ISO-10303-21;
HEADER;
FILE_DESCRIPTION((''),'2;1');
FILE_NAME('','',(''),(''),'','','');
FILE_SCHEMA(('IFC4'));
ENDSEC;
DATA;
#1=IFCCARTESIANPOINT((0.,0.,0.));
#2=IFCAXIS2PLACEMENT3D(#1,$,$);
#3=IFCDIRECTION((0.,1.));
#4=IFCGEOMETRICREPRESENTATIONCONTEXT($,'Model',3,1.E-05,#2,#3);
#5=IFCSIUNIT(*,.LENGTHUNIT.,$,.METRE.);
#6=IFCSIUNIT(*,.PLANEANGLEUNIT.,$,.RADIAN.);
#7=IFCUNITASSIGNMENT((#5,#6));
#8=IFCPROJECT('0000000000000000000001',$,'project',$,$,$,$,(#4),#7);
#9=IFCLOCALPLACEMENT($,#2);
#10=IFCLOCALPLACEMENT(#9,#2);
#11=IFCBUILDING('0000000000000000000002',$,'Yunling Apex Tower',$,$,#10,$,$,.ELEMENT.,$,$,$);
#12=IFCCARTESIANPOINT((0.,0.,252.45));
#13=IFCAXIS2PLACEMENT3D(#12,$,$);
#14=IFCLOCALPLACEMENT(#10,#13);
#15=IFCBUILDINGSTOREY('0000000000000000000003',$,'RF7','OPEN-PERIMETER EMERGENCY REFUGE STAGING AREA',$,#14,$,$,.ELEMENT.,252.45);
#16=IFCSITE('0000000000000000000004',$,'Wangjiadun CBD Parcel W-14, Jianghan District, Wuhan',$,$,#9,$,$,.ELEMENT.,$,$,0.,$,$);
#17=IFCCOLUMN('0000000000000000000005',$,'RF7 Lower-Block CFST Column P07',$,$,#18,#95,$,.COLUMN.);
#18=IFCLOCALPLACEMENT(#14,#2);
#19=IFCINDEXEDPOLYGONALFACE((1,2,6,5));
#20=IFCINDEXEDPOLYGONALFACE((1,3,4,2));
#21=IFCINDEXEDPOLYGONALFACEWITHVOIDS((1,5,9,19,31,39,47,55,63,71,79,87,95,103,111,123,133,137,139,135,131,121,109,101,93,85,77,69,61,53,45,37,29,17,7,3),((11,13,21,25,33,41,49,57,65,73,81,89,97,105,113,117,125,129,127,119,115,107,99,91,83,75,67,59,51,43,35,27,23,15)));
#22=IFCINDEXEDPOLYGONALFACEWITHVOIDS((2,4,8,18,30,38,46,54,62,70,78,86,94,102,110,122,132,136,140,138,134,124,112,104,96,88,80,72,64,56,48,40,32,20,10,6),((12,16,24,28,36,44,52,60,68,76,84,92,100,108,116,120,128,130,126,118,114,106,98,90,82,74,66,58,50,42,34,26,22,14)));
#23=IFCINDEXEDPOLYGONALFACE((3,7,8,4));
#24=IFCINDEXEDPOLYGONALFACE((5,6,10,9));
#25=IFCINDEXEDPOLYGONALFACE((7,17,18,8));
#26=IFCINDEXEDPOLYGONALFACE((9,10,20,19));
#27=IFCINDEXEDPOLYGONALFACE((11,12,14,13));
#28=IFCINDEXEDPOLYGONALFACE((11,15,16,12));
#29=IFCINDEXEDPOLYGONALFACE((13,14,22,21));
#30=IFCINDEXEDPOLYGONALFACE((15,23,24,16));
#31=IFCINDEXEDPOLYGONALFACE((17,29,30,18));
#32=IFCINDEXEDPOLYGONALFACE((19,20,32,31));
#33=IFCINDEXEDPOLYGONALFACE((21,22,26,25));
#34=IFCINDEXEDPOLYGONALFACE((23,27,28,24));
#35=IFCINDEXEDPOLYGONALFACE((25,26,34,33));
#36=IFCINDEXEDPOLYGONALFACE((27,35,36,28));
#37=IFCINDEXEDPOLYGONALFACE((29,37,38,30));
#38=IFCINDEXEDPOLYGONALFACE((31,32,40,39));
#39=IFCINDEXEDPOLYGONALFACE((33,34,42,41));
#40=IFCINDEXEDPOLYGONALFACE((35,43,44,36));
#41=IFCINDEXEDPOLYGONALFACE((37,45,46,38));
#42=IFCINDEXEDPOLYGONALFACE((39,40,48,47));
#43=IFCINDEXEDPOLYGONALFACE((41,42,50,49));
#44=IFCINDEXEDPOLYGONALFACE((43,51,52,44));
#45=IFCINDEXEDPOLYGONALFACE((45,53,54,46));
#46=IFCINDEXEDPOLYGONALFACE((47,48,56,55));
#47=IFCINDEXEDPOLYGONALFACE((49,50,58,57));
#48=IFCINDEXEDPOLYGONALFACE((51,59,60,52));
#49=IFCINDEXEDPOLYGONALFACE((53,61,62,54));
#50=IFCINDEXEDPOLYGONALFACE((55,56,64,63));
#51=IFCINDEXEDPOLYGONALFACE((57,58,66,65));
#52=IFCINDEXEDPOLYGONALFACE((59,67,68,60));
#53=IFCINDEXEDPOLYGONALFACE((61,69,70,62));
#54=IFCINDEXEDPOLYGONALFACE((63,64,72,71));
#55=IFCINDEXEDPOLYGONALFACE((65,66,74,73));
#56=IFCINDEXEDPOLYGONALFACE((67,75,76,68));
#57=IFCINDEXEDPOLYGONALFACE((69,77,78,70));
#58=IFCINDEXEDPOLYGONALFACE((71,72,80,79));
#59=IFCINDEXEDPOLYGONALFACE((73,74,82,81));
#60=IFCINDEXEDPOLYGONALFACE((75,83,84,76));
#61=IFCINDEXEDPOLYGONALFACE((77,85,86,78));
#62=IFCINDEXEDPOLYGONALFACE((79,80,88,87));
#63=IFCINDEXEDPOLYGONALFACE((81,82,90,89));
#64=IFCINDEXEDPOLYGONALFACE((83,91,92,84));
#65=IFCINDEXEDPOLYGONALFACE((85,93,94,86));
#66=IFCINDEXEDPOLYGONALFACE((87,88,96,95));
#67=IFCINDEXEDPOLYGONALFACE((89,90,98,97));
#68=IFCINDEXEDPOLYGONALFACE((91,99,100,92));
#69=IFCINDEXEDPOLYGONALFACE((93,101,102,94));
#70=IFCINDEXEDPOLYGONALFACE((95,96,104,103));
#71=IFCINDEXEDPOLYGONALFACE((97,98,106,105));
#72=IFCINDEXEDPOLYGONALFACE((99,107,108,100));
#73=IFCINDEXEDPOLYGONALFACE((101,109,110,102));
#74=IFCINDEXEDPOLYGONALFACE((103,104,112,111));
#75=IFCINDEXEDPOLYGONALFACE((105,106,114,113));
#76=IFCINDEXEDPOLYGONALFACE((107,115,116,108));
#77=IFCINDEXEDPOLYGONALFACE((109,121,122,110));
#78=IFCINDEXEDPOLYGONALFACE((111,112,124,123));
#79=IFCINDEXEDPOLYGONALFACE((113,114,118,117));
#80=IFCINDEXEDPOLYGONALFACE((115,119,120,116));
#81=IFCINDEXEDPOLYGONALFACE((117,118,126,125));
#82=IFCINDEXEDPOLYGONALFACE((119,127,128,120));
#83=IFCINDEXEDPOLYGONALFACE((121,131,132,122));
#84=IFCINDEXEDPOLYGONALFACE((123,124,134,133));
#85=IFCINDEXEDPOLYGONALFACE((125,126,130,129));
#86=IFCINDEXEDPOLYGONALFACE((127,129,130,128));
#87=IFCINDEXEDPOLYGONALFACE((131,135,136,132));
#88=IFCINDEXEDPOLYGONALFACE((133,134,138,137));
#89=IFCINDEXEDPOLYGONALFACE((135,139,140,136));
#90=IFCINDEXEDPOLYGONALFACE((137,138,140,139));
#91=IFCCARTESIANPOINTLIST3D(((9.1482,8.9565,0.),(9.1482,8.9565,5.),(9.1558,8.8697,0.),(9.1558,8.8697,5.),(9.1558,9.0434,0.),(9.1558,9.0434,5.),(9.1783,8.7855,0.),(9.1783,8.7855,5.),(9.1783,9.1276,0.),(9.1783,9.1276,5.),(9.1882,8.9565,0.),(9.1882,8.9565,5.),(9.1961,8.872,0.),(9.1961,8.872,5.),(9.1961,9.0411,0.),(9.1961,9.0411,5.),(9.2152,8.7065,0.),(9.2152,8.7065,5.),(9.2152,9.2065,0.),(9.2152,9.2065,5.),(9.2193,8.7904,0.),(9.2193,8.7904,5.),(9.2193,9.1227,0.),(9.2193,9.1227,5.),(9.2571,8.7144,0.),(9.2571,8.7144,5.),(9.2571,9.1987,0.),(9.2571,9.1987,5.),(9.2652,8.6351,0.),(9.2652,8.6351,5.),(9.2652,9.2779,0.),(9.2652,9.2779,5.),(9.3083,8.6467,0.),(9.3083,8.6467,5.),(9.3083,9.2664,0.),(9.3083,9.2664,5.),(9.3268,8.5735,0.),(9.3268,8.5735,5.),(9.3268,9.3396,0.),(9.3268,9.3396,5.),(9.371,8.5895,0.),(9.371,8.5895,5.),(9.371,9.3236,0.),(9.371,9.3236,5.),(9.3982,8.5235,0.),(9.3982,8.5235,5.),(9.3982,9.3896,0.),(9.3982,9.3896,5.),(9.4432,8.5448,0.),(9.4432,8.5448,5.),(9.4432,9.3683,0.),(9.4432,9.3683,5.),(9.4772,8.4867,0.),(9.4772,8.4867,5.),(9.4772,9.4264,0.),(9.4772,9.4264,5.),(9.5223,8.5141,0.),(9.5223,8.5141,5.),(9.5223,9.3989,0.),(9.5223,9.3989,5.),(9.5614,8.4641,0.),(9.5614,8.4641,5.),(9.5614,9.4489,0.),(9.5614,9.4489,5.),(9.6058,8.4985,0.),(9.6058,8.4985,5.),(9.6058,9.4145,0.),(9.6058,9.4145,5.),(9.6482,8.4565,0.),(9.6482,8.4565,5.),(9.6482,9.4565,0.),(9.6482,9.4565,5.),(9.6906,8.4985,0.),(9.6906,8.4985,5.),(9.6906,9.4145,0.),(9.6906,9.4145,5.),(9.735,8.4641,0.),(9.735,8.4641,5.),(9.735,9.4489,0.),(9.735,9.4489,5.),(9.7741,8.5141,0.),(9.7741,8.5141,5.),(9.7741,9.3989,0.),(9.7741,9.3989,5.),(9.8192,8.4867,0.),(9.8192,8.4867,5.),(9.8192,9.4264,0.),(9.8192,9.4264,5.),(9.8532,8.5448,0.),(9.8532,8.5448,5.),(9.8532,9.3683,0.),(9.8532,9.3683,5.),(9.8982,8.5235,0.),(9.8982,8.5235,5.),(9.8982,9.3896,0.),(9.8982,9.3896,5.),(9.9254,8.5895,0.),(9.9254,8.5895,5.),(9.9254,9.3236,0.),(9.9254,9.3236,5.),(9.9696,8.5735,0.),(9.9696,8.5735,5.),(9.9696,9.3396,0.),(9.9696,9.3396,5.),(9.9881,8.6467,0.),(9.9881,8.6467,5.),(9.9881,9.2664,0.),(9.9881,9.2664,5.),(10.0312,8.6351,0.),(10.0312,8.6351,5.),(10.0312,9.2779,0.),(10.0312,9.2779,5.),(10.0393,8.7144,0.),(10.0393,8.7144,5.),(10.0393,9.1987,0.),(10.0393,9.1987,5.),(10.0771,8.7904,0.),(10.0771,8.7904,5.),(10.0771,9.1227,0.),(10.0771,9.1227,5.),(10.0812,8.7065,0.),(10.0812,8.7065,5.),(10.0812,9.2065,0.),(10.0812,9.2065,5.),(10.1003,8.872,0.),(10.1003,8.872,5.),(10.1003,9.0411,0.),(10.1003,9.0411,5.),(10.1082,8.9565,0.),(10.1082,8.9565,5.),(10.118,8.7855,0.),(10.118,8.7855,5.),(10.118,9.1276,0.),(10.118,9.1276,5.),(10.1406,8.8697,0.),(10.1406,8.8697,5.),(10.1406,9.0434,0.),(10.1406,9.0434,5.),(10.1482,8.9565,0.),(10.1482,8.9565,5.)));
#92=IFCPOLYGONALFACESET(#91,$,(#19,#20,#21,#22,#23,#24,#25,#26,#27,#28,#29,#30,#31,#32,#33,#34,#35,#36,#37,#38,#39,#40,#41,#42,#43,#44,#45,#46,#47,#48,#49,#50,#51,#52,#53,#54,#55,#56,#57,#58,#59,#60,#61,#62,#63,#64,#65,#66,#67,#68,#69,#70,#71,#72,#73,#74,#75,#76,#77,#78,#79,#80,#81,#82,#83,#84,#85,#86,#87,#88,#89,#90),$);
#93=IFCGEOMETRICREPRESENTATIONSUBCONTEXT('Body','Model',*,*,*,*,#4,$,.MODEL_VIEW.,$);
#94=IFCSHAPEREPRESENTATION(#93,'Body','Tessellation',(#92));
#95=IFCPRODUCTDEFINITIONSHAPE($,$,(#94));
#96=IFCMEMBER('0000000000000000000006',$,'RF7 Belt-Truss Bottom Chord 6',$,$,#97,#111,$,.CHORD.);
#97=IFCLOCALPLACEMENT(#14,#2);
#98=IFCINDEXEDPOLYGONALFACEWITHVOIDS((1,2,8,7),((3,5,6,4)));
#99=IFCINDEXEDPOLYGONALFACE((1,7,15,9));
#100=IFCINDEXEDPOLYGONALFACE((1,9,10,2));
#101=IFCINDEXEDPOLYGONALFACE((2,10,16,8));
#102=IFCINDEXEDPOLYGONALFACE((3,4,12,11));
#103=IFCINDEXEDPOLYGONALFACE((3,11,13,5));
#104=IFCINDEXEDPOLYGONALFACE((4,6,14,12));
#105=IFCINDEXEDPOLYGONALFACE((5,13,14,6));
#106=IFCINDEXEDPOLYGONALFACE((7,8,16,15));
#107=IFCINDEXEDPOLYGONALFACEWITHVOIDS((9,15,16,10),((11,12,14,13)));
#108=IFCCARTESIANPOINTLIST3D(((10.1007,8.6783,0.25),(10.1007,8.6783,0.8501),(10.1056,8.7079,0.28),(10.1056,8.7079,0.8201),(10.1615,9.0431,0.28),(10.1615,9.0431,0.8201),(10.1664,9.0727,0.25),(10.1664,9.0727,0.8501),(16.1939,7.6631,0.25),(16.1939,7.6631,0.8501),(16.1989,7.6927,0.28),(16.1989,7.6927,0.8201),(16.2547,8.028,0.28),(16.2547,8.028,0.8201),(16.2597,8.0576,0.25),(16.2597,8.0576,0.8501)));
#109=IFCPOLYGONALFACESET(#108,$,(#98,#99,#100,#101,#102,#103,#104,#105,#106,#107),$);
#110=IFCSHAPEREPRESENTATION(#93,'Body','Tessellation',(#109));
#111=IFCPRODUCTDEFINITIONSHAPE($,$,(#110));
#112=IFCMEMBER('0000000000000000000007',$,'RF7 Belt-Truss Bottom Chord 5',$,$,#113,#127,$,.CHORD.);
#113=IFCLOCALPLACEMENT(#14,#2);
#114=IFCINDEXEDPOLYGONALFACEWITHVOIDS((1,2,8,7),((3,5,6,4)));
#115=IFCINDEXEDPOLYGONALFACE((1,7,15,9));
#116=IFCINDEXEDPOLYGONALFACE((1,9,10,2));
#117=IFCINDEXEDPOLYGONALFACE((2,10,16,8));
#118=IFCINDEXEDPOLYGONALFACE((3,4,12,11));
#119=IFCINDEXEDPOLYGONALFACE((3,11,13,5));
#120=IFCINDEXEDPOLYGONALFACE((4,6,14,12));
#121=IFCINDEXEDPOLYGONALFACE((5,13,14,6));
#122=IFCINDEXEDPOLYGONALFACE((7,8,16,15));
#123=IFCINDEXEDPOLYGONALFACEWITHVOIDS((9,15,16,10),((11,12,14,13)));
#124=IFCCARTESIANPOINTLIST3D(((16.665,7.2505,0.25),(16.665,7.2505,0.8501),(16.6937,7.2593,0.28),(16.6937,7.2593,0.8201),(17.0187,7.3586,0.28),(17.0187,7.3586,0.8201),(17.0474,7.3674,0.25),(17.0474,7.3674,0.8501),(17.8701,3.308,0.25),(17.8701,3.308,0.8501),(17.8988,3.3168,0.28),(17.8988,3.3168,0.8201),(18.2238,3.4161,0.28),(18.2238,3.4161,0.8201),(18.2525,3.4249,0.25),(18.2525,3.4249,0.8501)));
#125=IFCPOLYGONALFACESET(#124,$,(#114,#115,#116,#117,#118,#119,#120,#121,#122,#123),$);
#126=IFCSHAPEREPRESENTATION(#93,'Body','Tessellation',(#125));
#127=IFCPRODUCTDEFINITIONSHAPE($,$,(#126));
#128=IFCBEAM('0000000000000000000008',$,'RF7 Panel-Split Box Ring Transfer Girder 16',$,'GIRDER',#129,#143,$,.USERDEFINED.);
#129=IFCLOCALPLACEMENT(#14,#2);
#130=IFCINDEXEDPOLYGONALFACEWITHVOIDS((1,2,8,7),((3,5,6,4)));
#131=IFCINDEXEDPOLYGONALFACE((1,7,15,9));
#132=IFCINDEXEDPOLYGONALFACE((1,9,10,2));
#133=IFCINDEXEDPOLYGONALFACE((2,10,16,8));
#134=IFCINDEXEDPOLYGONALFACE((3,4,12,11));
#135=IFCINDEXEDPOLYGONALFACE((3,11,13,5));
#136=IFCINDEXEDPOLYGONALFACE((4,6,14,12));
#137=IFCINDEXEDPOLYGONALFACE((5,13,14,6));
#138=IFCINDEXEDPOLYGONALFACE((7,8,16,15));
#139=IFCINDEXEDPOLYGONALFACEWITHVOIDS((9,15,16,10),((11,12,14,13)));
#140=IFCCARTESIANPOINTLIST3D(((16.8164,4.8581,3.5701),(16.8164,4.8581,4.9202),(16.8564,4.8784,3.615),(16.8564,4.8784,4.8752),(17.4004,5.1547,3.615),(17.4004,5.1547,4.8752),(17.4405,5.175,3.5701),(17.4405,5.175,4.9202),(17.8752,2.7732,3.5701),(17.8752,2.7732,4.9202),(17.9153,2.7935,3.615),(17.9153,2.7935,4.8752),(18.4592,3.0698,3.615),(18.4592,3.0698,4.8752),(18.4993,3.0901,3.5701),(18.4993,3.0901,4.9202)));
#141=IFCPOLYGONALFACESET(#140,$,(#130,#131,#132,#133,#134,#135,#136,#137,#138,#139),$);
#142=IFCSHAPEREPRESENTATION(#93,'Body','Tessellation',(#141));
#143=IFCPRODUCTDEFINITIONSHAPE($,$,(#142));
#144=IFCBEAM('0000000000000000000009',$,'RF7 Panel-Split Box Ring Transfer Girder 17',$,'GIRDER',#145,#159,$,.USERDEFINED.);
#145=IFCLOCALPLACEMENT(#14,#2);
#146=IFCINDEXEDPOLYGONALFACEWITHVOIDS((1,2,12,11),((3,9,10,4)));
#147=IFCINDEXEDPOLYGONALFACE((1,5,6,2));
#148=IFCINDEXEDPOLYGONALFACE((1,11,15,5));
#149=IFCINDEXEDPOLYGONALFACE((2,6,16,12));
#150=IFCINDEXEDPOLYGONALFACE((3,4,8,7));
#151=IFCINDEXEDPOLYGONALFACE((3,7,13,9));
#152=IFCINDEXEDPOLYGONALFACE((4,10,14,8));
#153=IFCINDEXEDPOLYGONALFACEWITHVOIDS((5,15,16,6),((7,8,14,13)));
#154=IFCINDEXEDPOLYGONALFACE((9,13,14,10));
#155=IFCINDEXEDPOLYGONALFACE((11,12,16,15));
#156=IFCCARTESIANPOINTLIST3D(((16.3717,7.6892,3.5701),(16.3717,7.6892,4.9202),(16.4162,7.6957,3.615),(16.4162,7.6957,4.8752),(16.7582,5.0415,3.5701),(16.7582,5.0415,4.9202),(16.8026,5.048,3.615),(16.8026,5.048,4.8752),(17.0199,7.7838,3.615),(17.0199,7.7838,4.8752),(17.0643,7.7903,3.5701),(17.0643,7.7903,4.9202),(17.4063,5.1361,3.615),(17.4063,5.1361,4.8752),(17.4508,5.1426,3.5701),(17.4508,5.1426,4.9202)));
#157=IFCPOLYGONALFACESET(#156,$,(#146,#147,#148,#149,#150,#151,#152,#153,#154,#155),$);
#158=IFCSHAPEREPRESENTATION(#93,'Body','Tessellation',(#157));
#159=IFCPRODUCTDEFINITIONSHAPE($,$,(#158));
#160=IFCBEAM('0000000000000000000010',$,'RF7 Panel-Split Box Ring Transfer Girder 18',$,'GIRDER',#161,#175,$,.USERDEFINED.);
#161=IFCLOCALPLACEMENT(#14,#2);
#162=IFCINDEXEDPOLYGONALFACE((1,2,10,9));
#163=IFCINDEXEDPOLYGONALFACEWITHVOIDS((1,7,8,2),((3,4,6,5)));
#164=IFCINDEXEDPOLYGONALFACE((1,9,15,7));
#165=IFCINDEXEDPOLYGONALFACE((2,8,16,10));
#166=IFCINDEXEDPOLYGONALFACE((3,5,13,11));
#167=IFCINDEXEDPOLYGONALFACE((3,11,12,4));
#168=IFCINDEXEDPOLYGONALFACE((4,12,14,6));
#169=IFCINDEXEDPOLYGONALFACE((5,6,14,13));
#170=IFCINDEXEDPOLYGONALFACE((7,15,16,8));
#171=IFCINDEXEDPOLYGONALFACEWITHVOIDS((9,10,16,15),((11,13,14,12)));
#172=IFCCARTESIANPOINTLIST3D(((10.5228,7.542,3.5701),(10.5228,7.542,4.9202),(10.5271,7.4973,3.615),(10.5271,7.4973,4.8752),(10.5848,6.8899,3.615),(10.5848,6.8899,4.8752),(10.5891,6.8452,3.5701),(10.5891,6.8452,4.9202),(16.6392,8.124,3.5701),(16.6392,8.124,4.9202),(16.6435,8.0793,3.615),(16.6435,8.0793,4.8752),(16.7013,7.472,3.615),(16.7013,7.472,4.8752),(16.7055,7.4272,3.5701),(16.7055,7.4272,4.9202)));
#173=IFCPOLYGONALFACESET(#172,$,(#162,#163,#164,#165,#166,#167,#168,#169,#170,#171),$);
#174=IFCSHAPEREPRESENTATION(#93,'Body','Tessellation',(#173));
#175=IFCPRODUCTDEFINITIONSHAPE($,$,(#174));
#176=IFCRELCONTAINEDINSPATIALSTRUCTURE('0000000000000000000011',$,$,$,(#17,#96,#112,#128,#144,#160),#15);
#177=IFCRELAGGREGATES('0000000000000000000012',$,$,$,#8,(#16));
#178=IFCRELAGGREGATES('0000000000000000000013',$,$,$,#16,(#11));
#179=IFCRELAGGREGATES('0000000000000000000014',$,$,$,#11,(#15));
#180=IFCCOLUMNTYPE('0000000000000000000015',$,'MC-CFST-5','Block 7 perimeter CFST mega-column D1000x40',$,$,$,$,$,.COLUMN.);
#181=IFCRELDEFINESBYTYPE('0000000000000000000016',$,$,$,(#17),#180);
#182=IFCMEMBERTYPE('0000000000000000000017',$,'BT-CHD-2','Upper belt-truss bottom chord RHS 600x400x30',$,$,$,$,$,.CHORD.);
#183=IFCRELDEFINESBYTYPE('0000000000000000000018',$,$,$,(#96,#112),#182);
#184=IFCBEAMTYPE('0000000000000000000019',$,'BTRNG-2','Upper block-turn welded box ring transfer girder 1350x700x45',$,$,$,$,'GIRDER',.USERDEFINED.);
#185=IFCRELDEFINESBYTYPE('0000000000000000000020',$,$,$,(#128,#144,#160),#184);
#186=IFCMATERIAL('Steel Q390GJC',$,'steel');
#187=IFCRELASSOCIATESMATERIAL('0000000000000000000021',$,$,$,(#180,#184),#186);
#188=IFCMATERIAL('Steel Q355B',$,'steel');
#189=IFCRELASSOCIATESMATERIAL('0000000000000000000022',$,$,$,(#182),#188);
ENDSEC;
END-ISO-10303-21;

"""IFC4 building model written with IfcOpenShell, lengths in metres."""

from ifc_helpers import new_model, si_unit, direction, frame, origin, origin_2d, place, context, subcontext, project, spatial, hollow_rectangle, hollow_circle, extrude, source, transform, mapped, material, material_profile, profile_set, type_object, element, save


model = new_model("IFC4")

# Units and contexts
model_context = context("Model", 3, precision=1e-05, world=origin(), true_north=direction((0.0, 1.0)))
body_context = subcontext(model_context, "Body", "Model", "MODEL_VIEW")
ifc_project = project(units=[si_unit("LENGTHUNIT", "METRE"), si_unit("PLANEANGLEUNIT", "RADIAN")], contexts=[model_context])

# Site, building, storey
site_placement = place(None, origin())
site = spatial("IfcSite", under=ifc_project, at=site_placement, Name="Wangjiadun CBD Parcel W-14, Jianghan District, Wuhan", CompositionType="ELEMENT", RefElevation=0.0)
building_placement = place(site_placement, origin())
building = spatial("IfcBuilding", under=site, at=building_placement, Name="Yunling Apex Tower", CompositionType="ELEMENT")
storey_placement = place(building_placement, frame((0.0, 0.0, 252.45)))
storey = spatial("IfcBuildingStorey", under=building, at=storey_placement, Name="RF7", Description="OPEN-PERIMETER EMERGENCY REFUGE STAGING AREA", CompositionType="ELEMENT", Elevation=252.45)

# Column
ifc_material_1 = material(Name="Steel Q390GJC", Category="steel")
ifc_material_profile_1 = material_profile(ifc_material_1, hollow_circle(Radius=0.5, WallThickness=0.04, at=origin_2d()))
ifc_profile_set_1 = profile_set([ifc_material_profile_1], Name="Steel Q390GJC")
column_type = type_object("IfcColumnType", Name="MC-CFST-5", Description="Block 7 perimeter CFST mega-column D1000x40", PredefinedType="COLUMN", material=ifc_profile_set_1)
shared_shape_1 = source(origin(), body_context, "Body", "SweptSolid", [
    extrude(hollow_circle(Radius=0.5, WallThickness=0.04, at=origin_2d()), origin(), (0.0, 0.0, 1.0), 5.0),
])
for number, where, z_axis, x_axis, name in (
    (1, (9.6482, 8.9565, 0.0), (0.0, 0.0, 1.0), (1.0, 0.0, 0.0), "RF7 Lower-Block CFST Column P07"),
):
    element("IfcColumn", number, at=place(storey_placement, frame(where, z_axis=z_axis, x_axis=x_axis)), inside=storey, type_object=column_type, Name=name, PredefinedType="COLUMN", context=body_context, shape_type="MappedRepresentation", body=[
        mapped(shared_shape_1, transform((0.0, 0.0, 0.0), scale=1.0)),
    ])

# Members
ifc_material_2 = material(Name="Steel Q355B", Category="steel")
ifc_material_profile_2 = material_profile(ifc_material_2, hollow_rectangle(XDim=0.3999, YDim=0.6001, WallThickness=0.03, at=origin_2d()))
ifc_profile_set_2 = profile_set([ifc_material_profile_2], Name="Steel Q355B")
member_type_1 = type_object("IfcMemberType", Name="BT-CHD-2", Description="Upper belt-truss bottom chord RHS 600x400x30", PredefinedType="CHORD", material=ifc_profile_set_2)
shared_shape_2 = source(origin(), body_context, "Body", "SweptSolid", [
    extrude(hollow_rectangle(XDim=0.3999, YDim=0.6001, WallThickness=0.03, at=origin_2d()), origin(), (0.0, 0.0, 1.0), 6.1772),
])
member_1_placement = place(storey_placement, frame((16.2268, 7.8604, 0.55), z_axis=(-0.986405, 0.164335, 0.0), x_axis=(-0.164335, -0.986405, 0.0)))
element("IfcMember", 2, at=member_1_placement, inside=storey, type_object=member_type_1, Name="RF7 Belt-Truss Bottom Chord 6", PredefinedType="CHORD", context=body_context, shape_type="MappedRepresentation", body=[
    mapped(shared_shape_2, transform((0.0, 0.0, 0.0), scale=1.0)),
])
shared_shape_3 = source(origin(), body_context, "Body", "SweptSolid", [
    extrude(hollow_rectangle(XDim=0.3999, YDim=0.6001, WallThickness=0.03, at=origin_2d()), origin(), (0.0, 0.0, 1.0), 4.1226),
])
member_2_placement = place(storey_placement, frame((18.0613, 3.3665, 0.55), z_axis=(-0.292321, 0.95632, 0.0), x_axis=(-0.95632, -0.292321, 0.0)))
element("IfcMember", 3, at=member_2_placement, inside=storey, type_object=member_type_1, Name="RF7 Belt-Truss Bottom Chord 5", PredefinedType="CHORD", context=body_context, shape_type="MappedRepresentation", body=[
    mapped(shared_shape_3, transform((0.0, 0.0, 0.0), scale=1.0)),
])

# Beams
ifc_material_profile_3 = material_profile(ifc_material_1, hollow_rectangle(XDim=0.7, YDim=1.3501, WallThickness=0.0449, at=origin_2d()))
ifc_profile_set_3 = profile_set([ifc_material_profile_3], Name="Steel Q390GJC")
beam_type = type_object("IfcBeamType", Name="BTRNG-2", Description="Upper block-turn welded box ring transfer girder 1350x700x45", ElementType="GIRDER", PredefinedType="USERDEFINED", material=ifc_profile_set_3)
shared_shape_4 = source(origin(), body_context, "Body", "SweptSolid", [
    extrude(hollow_rectangle(XDim=0.7, YDim=1.3501, WallThickness=0.0449, at=origin_2d()), origin(), (0.0, 0.0, 1.0), 2.3384),
])
beam_1_placement = place(storey_placement, frame((18.1873, 2.9316, 4.2451), z_axis=(-0.452801, 0.891612, 0.0), x_axis=(-0.891612, -0.452801, 0.0)))
element("IfcBeam", 4, at=beam_1_placement, inside=storey, type_object=beam_type, Name="RF7 Panel-Split Box Ring Transfer Girder 16", ObjectType="GIRDER", PredefinedType="USERDEFINED", context=body_context, shape_type="MappedRepresentation", body=[
    mapped(shared_shape_4, transform((0.0, 0.0, 0.0), scale=1.0)),
])
shared_shape_5 = source(origin(), body_context, "Body", "SweptSolid", [
    extrude(hollow_rectangle(XDim=0.7, YDim=1.3501, WallThickness=0.0449, at=origin_2d()), origin(), (0.0, 0.0, 1.0), 2.6758),
])
beam_2_placement = place(storey_placement, frame((17.1045, 5.092, 4.2451), z_axis=(-0.144435, 0.989514, 0.0), x_axis=(-0.989514, -0.144435, 0.0)))
element("IfcBeam", 5, at=beam_2_placement, inside=storey, type_object=beam_type, Name="RF7 Panel-Split Box Ring Transfer Girder 17", ObjectType="GIRDER", PredefinedType="USERDEFINED", context=body_context, shape_type="MappedRepresentation", body=[
    mapped(shared_shape_5, transform((0.0, 0.0, 0.0), scale=1.0)),
])
shared_shape_6 = source(origin(), body_context, "Body", "SweptSolid", [
    extrude(hollow_rectangle(XDim=0.7, YDim=1.3501, WallThickness=0.0449, at=origin_2d()), origin(), (0.0, 0.0, 1.0), 6.144),
])
beam_3_placement = place(storey_placement, frame((16.6724, 7.7756, 4.2451), z_axis=(-0.995503, -0.09473, 0.0), x_axis=(0.09473, -0.995503, 0.0)))
element("IfcBeam", 6, at=beam_3_placement, inside=storey, type_object=beam_type, Name="RF7 Panel-Split Box Ring Transfer Girder 18", ObjectType="GIRDER", PredefinedType="USERDEFINED", context=body_context, shape_type="MappedRepresentation", body=[
    mapped(shared_shape_6, transform((0.0, 0.0, 0.0), scale=1.0)),
])

save(model, "model.ifc")
